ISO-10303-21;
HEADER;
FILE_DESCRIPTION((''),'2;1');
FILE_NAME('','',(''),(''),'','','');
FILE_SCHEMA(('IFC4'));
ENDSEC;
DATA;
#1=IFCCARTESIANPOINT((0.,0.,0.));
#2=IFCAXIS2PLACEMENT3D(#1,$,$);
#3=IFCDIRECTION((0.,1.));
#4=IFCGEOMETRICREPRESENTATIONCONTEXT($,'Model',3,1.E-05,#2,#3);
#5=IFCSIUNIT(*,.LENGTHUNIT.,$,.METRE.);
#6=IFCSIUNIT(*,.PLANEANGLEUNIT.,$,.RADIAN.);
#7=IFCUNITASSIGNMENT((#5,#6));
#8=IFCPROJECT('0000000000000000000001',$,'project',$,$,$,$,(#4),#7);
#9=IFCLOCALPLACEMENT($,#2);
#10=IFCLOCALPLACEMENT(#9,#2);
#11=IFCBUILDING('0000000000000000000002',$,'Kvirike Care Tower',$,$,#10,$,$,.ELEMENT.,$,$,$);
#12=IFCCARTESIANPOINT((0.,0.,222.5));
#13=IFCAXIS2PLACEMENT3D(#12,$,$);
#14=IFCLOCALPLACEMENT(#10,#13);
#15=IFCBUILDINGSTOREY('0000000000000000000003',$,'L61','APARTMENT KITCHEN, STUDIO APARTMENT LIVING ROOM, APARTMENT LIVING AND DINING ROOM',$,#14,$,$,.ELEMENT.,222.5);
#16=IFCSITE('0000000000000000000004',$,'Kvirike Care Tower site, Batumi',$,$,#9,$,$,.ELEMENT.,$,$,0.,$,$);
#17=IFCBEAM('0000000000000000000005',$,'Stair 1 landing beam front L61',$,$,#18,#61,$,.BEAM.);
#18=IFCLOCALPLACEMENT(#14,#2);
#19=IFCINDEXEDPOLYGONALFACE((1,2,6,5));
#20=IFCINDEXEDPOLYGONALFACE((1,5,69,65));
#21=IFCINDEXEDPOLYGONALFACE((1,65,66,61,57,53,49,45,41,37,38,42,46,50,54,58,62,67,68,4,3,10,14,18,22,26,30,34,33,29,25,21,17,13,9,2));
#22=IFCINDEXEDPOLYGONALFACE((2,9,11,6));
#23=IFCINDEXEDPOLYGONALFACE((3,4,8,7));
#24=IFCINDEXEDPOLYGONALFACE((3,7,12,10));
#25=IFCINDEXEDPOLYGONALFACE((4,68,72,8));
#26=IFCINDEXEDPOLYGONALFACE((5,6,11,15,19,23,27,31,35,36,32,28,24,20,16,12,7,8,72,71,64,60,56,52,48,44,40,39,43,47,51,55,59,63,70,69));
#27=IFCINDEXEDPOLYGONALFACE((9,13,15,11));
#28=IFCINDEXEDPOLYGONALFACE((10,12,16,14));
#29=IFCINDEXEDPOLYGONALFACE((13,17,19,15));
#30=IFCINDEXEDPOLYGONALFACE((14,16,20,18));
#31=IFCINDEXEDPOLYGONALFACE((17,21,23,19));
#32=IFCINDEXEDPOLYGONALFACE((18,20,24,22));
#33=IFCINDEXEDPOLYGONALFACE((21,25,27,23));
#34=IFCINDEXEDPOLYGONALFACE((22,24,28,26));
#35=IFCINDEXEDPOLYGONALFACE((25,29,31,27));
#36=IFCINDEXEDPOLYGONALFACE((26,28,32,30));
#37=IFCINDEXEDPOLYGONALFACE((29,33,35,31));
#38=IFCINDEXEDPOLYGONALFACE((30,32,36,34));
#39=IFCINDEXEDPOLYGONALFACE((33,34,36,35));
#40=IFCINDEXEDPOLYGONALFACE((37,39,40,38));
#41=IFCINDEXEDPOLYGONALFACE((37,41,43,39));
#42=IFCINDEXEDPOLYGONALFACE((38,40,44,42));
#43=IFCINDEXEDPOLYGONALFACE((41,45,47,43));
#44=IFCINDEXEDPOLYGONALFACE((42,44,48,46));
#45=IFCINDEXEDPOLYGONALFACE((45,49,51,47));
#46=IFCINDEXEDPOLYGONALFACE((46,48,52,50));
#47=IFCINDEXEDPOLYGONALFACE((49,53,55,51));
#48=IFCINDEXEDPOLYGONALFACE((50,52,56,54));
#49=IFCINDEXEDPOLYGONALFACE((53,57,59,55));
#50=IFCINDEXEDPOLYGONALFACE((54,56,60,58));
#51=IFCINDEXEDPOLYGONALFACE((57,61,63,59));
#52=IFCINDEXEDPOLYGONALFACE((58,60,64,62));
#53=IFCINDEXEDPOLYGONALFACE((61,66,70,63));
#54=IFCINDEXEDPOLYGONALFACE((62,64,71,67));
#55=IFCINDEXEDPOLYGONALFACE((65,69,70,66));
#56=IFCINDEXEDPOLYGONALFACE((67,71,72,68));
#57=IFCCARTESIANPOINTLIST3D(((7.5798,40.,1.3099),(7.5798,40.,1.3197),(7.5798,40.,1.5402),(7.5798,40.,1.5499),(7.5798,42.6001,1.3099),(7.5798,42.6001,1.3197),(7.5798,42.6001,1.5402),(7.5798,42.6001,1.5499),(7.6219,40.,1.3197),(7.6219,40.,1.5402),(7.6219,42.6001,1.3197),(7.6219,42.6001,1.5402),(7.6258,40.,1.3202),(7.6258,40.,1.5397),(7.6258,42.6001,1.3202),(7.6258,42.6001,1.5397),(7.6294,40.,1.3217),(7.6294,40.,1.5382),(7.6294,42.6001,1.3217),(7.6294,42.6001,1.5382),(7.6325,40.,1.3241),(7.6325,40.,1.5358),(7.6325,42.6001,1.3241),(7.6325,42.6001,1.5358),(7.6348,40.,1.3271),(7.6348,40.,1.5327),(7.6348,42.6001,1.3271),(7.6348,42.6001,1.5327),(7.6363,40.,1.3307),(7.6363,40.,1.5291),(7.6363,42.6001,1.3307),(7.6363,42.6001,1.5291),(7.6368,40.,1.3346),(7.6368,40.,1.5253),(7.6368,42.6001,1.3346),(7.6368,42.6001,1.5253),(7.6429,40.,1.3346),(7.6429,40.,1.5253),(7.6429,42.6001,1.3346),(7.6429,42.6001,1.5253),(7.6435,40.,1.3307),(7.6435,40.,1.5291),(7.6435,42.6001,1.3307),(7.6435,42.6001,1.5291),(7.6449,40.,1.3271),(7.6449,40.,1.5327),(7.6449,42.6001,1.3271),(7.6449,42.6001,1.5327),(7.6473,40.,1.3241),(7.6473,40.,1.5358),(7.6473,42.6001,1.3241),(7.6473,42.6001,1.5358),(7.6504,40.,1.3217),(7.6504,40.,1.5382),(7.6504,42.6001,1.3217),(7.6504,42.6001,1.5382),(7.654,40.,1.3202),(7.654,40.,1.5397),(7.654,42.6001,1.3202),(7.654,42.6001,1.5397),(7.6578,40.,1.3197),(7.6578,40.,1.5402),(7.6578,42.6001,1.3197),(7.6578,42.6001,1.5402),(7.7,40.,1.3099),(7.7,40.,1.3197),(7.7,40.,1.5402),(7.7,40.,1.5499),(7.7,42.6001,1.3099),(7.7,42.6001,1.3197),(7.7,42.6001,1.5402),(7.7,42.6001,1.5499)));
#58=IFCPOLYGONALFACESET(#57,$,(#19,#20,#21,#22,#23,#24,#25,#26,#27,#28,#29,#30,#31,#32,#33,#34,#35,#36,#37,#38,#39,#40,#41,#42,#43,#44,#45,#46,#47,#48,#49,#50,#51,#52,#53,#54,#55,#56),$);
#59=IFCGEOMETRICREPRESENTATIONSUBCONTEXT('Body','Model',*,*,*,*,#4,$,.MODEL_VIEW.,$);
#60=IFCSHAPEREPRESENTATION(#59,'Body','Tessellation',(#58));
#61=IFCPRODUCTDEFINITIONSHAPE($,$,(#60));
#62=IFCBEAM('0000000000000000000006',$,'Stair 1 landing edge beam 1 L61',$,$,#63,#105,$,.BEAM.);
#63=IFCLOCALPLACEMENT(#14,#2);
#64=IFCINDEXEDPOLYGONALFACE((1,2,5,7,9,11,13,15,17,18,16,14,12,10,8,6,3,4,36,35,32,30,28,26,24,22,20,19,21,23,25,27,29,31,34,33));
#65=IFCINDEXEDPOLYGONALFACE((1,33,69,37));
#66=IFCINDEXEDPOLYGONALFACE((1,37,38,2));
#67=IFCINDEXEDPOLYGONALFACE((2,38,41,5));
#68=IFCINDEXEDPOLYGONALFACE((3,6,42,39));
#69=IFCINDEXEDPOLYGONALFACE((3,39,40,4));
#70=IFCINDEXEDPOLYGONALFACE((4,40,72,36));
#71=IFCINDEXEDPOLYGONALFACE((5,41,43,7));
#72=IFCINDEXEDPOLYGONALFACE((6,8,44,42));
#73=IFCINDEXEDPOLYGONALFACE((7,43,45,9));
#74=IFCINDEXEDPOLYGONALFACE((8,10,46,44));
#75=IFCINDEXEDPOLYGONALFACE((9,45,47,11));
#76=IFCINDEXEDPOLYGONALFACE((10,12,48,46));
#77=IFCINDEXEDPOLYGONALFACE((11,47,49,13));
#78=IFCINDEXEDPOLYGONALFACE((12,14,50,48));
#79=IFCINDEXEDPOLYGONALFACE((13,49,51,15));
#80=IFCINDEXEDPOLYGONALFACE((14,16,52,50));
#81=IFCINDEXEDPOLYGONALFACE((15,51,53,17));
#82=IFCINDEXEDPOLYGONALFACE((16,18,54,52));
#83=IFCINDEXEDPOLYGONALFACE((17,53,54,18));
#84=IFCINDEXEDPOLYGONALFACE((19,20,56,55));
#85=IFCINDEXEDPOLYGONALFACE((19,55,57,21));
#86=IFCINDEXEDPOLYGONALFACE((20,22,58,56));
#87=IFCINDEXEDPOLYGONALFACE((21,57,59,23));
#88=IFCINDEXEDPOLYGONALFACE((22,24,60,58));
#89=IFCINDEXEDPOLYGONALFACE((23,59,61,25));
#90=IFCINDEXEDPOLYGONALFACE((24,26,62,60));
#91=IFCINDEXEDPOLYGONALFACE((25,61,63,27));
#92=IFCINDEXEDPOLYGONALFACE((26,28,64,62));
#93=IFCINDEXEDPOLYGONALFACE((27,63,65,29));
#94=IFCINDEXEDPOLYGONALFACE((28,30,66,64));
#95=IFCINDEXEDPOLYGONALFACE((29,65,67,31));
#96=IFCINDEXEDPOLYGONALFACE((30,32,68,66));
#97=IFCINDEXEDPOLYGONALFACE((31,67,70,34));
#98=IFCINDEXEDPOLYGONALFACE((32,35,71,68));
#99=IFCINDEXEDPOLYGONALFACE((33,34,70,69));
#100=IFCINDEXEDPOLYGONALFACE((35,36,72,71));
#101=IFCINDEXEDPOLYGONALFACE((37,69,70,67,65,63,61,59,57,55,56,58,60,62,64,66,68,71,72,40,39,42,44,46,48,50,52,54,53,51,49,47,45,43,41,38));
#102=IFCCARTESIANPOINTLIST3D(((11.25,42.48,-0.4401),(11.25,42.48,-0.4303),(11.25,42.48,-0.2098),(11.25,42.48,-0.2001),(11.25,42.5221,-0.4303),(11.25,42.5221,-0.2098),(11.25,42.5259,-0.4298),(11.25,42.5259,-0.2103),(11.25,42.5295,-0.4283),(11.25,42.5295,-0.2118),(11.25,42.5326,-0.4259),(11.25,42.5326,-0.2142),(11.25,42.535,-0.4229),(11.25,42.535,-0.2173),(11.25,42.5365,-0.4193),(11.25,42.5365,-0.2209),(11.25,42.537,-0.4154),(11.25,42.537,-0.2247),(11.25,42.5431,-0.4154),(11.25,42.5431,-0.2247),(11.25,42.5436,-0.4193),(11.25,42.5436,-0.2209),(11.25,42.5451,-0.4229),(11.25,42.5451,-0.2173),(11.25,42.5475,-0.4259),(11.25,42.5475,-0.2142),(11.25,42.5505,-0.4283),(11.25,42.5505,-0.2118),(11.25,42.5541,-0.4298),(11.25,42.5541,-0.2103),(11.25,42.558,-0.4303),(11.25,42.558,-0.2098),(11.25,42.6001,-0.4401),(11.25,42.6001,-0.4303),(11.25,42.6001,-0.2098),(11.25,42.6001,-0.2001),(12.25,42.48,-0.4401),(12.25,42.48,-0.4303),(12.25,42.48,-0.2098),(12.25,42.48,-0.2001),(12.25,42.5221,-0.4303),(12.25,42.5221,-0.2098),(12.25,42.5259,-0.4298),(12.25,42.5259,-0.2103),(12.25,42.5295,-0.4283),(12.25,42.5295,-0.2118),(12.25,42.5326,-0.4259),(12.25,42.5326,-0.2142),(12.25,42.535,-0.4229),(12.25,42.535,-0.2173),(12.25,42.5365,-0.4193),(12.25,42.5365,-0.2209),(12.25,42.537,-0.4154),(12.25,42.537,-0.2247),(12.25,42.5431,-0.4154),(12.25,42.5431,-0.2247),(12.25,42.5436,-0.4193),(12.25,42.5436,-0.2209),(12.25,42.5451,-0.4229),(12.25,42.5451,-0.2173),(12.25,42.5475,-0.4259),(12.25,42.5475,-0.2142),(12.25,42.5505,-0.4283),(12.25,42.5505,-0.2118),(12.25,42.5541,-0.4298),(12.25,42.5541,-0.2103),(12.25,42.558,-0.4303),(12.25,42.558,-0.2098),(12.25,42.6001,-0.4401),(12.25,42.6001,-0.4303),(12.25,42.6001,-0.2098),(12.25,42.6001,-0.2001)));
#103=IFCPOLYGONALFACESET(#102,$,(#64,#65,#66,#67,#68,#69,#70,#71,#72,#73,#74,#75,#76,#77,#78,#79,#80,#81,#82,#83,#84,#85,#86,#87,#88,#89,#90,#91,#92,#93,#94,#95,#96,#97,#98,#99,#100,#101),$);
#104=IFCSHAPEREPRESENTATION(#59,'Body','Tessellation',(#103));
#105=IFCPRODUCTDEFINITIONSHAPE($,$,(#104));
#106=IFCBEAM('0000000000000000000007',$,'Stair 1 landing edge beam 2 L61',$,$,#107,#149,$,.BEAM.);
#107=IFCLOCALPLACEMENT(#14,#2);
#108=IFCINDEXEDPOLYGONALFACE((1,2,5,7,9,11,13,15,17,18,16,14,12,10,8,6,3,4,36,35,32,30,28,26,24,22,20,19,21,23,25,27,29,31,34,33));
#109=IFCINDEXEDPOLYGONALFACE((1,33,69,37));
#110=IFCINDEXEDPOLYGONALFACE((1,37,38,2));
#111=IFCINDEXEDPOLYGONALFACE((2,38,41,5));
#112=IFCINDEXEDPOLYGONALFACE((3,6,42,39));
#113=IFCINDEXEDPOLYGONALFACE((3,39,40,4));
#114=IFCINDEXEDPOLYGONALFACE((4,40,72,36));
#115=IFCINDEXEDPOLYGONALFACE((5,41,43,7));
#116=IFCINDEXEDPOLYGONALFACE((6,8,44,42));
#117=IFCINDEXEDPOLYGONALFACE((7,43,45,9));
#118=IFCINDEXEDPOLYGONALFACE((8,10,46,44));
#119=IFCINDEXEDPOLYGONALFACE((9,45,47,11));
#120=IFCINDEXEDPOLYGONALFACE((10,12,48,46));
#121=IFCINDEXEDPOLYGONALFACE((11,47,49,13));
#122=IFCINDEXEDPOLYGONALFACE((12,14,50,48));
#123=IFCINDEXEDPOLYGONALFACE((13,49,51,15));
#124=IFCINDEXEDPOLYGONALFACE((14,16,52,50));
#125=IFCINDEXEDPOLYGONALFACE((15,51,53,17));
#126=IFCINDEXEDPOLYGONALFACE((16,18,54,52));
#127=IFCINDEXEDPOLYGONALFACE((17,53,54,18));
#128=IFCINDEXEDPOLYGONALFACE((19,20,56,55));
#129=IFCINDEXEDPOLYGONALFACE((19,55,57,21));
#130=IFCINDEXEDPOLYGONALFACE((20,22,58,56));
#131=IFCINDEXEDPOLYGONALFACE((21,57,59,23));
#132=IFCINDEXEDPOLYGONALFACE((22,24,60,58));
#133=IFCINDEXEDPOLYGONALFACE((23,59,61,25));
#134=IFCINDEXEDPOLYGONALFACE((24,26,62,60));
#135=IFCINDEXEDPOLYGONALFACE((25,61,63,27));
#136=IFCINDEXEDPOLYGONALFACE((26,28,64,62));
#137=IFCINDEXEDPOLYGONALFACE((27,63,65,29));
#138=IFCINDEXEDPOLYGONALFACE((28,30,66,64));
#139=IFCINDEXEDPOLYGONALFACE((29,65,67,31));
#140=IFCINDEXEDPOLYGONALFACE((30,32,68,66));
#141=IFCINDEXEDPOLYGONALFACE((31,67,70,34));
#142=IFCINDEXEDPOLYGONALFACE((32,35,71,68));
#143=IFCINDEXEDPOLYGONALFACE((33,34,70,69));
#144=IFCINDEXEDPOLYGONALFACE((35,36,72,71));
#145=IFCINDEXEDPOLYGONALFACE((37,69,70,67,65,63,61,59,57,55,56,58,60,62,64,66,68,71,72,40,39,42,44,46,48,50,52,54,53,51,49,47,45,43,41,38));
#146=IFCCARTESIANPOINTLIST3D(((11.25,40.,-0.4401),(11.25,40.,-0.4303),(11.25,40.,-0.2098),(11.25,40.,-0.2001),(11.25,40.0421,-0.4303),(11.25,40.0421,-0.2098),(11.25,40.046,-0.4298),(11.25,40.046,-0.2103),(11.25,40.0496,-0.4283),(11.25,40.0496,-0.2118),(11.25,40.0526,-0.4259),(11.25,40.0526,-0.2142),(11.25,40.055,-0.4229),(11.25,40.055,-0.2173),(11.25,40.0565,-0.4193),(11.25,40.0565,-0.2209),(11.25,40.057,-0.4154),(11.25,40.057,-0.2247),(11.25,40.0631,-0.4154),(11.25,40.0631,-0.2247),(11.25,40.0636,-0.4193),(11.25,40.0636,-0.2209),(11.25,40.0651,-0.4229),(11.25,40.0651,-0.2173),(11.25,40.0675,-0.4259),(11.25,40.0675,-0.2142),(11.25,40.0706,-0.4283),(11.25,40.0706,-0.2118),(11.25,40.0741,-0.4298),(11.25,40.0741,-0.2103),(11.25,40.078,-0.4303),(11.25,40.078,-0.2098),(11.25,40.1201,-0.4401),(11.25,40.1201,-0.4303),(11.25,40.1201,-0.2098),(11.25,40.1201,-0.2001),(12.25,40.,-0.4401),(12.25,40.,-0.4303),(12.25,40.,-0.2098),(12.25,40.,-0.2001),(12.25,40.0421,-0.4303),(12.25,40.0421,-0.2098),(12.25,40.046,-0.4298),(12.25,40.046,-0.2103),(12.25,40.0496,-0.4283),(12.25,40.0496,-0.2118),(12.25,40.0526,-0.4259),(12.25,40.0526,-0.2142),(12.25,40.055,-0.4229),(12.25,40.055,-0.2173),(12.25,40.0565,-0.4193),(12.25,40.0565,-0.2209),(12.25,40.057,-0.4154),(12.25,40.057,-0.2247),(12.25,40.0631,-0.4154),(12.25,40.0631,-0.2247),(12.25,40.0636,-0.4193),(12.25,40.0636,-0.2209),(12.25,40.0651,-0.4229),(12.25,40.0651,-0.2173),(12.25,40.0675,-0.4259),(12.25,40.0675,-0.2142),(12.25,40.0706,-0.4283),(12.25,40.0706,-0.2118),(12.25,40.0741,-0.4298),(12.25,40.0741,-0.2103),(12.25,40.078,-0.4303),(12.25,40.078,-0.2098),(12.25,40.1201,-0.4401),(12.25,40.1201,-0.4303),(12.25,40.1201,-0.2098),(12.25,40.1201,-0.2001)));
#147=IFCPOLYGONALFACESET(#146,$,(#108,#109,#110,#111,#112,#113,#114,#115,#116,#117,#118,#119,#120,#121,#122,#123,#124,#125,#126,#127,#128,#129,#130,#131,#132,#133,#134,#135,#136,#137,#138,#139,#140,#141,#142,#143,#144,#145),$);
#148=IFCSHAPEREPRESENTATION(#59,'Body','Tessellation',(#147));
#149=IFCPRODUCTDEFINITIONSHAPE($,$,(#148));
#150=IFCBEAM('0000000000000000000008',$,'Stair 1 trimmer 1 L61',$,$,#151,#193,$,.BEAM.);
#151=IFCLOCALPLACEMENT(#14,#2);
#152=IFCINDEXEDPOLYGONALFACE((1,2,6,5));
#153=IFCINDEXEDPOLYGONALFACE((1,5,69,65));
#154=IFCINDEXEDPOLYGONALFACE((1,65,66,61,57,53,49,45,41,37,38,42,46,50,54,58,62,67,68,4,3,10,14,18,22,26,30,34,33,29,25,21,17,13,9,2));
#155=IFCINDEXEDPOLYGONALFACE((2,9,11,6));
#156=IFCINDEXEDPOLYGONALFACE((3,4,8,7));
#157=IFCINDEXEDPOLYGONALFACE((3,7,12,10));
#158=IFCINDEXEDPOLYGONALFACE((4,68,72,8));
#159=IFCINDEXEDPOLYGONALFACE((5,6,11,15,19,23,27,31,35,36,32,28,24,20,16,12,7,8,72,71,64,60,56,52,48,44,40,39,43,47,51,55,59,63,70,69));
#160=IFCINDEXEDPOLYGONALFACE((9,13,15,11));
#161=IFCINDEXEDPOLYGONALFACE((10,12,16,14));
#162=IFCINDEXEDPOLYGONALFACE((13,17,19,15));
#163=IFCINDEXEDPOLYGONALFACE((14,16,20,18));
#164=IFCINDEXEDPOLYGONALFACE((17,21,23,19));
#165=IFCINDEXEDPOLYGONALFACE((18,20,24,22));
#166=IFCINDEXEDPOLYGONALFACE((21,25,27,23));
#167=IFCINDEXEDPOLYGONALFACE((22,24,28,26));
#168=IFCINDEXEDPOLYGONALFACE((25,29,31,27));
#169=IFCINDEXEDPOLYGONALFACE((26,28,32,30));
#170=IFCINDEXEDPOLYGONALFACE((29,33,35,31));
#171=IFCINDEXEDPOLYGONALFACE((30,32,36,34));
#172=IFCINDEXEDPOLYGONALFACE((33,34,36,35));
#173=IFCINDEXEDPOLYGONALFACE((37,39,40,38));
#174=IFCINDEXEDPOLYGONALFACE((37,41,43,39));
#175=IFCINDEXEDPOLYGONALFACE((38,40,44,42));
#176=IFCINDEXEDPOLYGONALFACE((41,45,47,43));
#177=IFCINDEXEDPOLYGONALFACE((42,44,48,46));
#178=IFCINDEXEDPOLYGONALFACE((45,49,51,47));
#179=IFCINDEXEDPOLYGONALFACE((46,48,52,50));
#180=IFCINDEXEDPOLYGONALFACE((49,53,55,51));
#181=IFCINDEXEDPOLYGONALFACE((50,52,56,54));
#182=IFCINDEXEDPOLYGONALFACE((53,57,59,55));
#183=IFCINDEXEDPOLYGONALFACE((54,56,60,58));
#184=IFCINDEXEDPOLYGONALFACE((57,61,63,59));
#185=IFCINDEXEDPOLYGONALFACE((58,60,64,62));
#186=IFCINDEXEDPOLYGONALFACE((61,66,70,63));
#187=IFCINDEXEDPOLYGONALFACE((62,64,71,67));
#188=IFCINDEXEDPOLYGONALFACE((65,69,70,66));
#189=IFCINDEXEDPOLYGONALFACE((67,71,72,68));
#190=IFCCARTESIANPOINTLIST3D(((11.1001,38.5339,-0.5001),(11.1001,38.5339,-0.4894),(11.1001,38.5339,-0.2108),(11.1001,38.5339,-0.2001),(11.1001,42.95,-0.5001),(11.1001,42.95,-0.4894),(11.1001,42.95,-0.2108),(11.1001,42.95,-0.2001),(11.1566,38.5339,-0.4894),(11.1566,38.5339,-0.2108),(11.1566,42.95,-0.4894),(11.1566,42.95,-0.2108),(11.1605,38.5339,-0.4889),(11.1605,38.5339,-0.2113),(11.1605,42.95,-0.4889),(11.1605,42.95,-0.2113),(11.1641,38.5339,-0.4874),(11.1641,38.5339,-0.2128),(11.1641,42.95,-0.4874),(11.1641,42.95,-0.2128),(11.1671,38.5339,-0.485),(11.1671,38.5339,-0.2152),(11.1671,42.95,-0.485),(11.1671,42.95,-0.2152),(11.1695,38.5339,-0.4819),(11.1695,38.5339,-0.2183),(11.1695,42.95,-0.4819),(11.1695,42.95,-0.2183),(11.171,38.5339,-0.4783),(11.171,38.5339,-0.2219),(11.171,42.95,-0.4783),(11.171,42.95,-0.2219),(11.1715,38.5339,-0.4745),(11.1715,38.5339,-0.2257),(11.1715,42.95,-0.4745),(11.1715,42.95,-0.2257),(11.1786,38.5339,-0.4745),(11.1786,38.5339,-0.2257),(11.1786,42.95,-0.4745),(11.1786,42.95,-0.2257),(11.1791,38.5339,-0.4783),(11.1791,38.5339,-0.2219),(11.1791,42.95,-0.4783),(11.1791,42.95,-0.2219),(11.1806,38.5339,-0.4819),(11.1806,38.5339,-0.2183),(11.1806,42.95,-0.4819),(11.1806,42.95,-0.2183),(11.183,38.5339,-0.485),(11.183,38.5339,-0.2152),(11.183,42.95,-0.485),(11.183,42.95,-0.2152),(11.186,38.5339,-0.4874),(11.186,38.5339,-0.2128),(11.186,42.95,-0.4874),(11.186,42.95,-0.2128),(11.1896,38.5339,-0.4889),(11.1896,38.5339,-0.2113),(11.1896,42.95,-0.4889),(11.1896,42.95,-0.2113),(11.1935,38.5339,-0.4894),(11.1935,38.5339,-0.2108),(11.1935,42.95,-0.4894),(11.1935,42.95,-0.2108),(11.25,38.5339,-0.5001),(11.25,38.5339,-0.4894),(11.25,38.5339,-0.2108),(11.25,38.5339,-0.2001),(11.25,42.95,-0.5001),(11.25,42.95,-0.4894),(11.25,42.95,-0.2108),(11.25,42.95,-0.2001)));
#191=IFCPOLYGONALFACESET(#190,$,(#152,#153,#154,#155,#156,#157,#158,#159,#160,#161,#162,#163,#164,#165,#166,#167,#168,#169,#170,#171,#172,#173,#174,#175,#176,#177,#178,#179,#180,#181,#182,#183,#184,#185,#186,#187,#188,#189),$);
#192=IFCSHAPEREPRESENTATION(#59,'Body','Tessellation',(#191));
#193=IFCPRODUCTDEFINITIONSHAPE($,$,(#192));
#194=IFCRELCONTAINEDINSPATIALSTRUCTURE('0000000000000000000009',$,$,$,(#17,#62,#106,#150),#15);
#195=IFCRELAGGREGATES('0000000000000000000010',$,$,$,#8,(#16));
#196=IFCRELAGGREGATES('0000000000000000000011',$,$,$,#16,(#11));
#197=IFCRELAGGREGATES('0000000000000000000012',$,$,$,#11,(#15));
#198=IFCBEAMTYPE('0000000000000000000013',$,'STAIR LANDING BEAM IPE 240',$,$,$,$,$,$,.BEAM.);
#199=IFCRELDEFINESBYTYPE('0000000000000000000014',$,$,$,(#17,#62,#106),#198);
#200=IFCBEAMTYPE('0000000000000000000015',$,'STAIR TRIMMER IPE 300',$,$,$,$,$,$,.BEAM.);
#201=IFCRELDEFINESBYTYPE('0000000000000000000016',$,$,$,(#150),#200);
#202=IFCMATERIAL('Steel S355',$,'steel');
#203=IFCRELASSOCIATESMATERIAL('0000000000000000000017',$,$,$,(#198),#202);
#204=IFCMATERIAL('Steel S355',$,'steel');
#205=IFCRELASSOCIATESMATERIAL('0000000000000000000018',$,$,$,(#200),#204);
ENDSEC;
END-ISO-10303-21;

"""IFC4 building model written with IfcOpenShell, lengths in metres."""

from ifc_helpers import new_model, si_unit, direction, frame, origin, origin_2d, place, context, subcontext, project, spatial, i_section, extrude, material, material_profile, profile_set, type_object, element, save


model = new_model("IFC4")

# Units and contexts
model_context = context("Model", 3, precision=1e-05, world=origin(), true_north=direction((0.0, 1.0)))
body_context = subcontext(model_context, "Body", "Model", "MODEL_VIEW")
ifc_project = project(units=[si_unit("LENGTHUNIT", "METRE"), si_unit("PLANEANGLEUNIT", "RADIAN")], contexts=[model_context])

# Site, building, storey
site_placement = place(None, origin())
site = spatial("IfcSite", under=ifc_project, at=site_placement, Name="Kvirike Care Tower site, Batumi", CompositionType="ELEMENT", RefElevation=0.0)
building_placement = place(site_placement, origin())
building = spatial("IfcBuilding", under=site, at=building_placement, Name="Kvirike Care Tower", CompositionType="ELEMENT")
storey_placement = place(building_placement, frame((0.0, 0.0, 222.5)))
storey = spatial("IfcBuildingStorey", under=building, at=storey_placement, Name="L61", Description="APARTMENT KITCHEN, STUDIO APARTMENT LIVING ROOM, APARTMENT LIVING AND DINING ROOM", CompositionType="ELEMENT", Elevation=222.5)

# Beams
ifc_material_1 = material(Name="Steel S355", Category="steel")
ifc_material_profile_1 = material_profile(ifc_material_1, i_section(OverallWidth=0.1201, OverallDepth=0.24, WebThickness=0.0061, FlangeThickness=0.0098, FilletRadius=0.0149, at=origin_2d()), Name="IPE 240")
ifc_profile_set_1 = profile_set([ifc_material_profile_1], Name="Steel S355")
beam_type_1 = type_object("IfcBeamType", Name="STAIR LANDING BEAM IPE 240", PredefinedType="BEAM", material=ifc_profile_set_1)
beam_1_placement = place(storey_placement, frame((7.6399, 42.6001, 1.4299), z_axis=(0.0, -1.0, 0.0), x_axis=(1.0, 0.0, 0.0)))
element("IfcBeam", 1, at=beam_1_placement, inside=storey, type_object=beam_type_1, Name="Stair 1 landing beam front L61", PredefinedType="BEAM", context=body_context, shape_type="SweptSolid", body=[
    extrude(i_section(OverallWidth=0.1201, OverallDepth=0.24, WebThickness=0.0061, FlangeThickness=0.0098, FilletRadius=0.0149, at=origin_2d()), origin(), (0.0, 0.0, 1.0), 2.6001),
])
for number, where, z_axis, x_axis, name in (
    (2, (11.25, 42.54, -0.3201), (1.0, 0.0, 0.0), (0.0, 1.0, 0.0), "Stair 1 landing edge beam 1 L61"),
    (3, (11.25, 40.0601, -0.3201), (1.0, 0.0, 0.0), (0.0, 1.0, 0.0), "Stair 1 landing edge beam 2 L61"),
):
    element("IfcBeam", number, at=place(storey_placement, frame(where, z_axis=z_axis, x_axis=x_axis)), inside=storey, type_object=beam_type_1, Name=name, PredefinedType="BEAM", context=body_context, shape_type="SweptSolid", body=[
        extrude(i_section(OverallWidth=0.1201, OverallDepth=0.24, WebThickness=0.0061, FlangeThickness=0.0098, FilletRadius=0.0149, at=origin_2d()), origin(), (0.0, 0.0, 1.0), 1.0),
    ])
ifc_material_2 = material(Name="Steel S355", Category="steel")
ifc_material_profile_2 = material_profile(ifc_material_2, i_section(OverallWidth=0.1499, OverallDepth=0.3, WebThickness=0.0071, FlangeThickness=0.0107, FilletRadius=0.0149, at=origin_2d()), Name="IPE 300")
ifc_profile_set_2 = profile_set([ifc_material_profile_2], Name="Steel S355")
beam_type_2 = type_object("IfcBeamType", Name="STAIR TRIMMER IPE 300", PredefinedType="BEAM", material=ifc_profile_set_2)
beam_2_placement = place(storey_placement, frame((11.175, 42.95, -0.3501), z_axis=(0.0, -1.0, 0.0), x_axis=(1.0, 0.0, 0.0)))
element("IfcBeam", 4, at=beam_2_placement, inside=storey, type_object=beam_type_2, Name="Stair 1 trimmer 1 L61", PredefinedType="BEAM", context=body_context, shape_type="SweptSolid", body=[
    extrude(i_section(OverallWidth=0.1499, OverallDepth=0.3, WebThickness=0.0071, FlangeThickness=0.0107, FilletRadius=0.0149, at=origin_2d()), origin(), (0.0, 0.0, 1.0), 4.416),
])

save(model, "model.ifc")
